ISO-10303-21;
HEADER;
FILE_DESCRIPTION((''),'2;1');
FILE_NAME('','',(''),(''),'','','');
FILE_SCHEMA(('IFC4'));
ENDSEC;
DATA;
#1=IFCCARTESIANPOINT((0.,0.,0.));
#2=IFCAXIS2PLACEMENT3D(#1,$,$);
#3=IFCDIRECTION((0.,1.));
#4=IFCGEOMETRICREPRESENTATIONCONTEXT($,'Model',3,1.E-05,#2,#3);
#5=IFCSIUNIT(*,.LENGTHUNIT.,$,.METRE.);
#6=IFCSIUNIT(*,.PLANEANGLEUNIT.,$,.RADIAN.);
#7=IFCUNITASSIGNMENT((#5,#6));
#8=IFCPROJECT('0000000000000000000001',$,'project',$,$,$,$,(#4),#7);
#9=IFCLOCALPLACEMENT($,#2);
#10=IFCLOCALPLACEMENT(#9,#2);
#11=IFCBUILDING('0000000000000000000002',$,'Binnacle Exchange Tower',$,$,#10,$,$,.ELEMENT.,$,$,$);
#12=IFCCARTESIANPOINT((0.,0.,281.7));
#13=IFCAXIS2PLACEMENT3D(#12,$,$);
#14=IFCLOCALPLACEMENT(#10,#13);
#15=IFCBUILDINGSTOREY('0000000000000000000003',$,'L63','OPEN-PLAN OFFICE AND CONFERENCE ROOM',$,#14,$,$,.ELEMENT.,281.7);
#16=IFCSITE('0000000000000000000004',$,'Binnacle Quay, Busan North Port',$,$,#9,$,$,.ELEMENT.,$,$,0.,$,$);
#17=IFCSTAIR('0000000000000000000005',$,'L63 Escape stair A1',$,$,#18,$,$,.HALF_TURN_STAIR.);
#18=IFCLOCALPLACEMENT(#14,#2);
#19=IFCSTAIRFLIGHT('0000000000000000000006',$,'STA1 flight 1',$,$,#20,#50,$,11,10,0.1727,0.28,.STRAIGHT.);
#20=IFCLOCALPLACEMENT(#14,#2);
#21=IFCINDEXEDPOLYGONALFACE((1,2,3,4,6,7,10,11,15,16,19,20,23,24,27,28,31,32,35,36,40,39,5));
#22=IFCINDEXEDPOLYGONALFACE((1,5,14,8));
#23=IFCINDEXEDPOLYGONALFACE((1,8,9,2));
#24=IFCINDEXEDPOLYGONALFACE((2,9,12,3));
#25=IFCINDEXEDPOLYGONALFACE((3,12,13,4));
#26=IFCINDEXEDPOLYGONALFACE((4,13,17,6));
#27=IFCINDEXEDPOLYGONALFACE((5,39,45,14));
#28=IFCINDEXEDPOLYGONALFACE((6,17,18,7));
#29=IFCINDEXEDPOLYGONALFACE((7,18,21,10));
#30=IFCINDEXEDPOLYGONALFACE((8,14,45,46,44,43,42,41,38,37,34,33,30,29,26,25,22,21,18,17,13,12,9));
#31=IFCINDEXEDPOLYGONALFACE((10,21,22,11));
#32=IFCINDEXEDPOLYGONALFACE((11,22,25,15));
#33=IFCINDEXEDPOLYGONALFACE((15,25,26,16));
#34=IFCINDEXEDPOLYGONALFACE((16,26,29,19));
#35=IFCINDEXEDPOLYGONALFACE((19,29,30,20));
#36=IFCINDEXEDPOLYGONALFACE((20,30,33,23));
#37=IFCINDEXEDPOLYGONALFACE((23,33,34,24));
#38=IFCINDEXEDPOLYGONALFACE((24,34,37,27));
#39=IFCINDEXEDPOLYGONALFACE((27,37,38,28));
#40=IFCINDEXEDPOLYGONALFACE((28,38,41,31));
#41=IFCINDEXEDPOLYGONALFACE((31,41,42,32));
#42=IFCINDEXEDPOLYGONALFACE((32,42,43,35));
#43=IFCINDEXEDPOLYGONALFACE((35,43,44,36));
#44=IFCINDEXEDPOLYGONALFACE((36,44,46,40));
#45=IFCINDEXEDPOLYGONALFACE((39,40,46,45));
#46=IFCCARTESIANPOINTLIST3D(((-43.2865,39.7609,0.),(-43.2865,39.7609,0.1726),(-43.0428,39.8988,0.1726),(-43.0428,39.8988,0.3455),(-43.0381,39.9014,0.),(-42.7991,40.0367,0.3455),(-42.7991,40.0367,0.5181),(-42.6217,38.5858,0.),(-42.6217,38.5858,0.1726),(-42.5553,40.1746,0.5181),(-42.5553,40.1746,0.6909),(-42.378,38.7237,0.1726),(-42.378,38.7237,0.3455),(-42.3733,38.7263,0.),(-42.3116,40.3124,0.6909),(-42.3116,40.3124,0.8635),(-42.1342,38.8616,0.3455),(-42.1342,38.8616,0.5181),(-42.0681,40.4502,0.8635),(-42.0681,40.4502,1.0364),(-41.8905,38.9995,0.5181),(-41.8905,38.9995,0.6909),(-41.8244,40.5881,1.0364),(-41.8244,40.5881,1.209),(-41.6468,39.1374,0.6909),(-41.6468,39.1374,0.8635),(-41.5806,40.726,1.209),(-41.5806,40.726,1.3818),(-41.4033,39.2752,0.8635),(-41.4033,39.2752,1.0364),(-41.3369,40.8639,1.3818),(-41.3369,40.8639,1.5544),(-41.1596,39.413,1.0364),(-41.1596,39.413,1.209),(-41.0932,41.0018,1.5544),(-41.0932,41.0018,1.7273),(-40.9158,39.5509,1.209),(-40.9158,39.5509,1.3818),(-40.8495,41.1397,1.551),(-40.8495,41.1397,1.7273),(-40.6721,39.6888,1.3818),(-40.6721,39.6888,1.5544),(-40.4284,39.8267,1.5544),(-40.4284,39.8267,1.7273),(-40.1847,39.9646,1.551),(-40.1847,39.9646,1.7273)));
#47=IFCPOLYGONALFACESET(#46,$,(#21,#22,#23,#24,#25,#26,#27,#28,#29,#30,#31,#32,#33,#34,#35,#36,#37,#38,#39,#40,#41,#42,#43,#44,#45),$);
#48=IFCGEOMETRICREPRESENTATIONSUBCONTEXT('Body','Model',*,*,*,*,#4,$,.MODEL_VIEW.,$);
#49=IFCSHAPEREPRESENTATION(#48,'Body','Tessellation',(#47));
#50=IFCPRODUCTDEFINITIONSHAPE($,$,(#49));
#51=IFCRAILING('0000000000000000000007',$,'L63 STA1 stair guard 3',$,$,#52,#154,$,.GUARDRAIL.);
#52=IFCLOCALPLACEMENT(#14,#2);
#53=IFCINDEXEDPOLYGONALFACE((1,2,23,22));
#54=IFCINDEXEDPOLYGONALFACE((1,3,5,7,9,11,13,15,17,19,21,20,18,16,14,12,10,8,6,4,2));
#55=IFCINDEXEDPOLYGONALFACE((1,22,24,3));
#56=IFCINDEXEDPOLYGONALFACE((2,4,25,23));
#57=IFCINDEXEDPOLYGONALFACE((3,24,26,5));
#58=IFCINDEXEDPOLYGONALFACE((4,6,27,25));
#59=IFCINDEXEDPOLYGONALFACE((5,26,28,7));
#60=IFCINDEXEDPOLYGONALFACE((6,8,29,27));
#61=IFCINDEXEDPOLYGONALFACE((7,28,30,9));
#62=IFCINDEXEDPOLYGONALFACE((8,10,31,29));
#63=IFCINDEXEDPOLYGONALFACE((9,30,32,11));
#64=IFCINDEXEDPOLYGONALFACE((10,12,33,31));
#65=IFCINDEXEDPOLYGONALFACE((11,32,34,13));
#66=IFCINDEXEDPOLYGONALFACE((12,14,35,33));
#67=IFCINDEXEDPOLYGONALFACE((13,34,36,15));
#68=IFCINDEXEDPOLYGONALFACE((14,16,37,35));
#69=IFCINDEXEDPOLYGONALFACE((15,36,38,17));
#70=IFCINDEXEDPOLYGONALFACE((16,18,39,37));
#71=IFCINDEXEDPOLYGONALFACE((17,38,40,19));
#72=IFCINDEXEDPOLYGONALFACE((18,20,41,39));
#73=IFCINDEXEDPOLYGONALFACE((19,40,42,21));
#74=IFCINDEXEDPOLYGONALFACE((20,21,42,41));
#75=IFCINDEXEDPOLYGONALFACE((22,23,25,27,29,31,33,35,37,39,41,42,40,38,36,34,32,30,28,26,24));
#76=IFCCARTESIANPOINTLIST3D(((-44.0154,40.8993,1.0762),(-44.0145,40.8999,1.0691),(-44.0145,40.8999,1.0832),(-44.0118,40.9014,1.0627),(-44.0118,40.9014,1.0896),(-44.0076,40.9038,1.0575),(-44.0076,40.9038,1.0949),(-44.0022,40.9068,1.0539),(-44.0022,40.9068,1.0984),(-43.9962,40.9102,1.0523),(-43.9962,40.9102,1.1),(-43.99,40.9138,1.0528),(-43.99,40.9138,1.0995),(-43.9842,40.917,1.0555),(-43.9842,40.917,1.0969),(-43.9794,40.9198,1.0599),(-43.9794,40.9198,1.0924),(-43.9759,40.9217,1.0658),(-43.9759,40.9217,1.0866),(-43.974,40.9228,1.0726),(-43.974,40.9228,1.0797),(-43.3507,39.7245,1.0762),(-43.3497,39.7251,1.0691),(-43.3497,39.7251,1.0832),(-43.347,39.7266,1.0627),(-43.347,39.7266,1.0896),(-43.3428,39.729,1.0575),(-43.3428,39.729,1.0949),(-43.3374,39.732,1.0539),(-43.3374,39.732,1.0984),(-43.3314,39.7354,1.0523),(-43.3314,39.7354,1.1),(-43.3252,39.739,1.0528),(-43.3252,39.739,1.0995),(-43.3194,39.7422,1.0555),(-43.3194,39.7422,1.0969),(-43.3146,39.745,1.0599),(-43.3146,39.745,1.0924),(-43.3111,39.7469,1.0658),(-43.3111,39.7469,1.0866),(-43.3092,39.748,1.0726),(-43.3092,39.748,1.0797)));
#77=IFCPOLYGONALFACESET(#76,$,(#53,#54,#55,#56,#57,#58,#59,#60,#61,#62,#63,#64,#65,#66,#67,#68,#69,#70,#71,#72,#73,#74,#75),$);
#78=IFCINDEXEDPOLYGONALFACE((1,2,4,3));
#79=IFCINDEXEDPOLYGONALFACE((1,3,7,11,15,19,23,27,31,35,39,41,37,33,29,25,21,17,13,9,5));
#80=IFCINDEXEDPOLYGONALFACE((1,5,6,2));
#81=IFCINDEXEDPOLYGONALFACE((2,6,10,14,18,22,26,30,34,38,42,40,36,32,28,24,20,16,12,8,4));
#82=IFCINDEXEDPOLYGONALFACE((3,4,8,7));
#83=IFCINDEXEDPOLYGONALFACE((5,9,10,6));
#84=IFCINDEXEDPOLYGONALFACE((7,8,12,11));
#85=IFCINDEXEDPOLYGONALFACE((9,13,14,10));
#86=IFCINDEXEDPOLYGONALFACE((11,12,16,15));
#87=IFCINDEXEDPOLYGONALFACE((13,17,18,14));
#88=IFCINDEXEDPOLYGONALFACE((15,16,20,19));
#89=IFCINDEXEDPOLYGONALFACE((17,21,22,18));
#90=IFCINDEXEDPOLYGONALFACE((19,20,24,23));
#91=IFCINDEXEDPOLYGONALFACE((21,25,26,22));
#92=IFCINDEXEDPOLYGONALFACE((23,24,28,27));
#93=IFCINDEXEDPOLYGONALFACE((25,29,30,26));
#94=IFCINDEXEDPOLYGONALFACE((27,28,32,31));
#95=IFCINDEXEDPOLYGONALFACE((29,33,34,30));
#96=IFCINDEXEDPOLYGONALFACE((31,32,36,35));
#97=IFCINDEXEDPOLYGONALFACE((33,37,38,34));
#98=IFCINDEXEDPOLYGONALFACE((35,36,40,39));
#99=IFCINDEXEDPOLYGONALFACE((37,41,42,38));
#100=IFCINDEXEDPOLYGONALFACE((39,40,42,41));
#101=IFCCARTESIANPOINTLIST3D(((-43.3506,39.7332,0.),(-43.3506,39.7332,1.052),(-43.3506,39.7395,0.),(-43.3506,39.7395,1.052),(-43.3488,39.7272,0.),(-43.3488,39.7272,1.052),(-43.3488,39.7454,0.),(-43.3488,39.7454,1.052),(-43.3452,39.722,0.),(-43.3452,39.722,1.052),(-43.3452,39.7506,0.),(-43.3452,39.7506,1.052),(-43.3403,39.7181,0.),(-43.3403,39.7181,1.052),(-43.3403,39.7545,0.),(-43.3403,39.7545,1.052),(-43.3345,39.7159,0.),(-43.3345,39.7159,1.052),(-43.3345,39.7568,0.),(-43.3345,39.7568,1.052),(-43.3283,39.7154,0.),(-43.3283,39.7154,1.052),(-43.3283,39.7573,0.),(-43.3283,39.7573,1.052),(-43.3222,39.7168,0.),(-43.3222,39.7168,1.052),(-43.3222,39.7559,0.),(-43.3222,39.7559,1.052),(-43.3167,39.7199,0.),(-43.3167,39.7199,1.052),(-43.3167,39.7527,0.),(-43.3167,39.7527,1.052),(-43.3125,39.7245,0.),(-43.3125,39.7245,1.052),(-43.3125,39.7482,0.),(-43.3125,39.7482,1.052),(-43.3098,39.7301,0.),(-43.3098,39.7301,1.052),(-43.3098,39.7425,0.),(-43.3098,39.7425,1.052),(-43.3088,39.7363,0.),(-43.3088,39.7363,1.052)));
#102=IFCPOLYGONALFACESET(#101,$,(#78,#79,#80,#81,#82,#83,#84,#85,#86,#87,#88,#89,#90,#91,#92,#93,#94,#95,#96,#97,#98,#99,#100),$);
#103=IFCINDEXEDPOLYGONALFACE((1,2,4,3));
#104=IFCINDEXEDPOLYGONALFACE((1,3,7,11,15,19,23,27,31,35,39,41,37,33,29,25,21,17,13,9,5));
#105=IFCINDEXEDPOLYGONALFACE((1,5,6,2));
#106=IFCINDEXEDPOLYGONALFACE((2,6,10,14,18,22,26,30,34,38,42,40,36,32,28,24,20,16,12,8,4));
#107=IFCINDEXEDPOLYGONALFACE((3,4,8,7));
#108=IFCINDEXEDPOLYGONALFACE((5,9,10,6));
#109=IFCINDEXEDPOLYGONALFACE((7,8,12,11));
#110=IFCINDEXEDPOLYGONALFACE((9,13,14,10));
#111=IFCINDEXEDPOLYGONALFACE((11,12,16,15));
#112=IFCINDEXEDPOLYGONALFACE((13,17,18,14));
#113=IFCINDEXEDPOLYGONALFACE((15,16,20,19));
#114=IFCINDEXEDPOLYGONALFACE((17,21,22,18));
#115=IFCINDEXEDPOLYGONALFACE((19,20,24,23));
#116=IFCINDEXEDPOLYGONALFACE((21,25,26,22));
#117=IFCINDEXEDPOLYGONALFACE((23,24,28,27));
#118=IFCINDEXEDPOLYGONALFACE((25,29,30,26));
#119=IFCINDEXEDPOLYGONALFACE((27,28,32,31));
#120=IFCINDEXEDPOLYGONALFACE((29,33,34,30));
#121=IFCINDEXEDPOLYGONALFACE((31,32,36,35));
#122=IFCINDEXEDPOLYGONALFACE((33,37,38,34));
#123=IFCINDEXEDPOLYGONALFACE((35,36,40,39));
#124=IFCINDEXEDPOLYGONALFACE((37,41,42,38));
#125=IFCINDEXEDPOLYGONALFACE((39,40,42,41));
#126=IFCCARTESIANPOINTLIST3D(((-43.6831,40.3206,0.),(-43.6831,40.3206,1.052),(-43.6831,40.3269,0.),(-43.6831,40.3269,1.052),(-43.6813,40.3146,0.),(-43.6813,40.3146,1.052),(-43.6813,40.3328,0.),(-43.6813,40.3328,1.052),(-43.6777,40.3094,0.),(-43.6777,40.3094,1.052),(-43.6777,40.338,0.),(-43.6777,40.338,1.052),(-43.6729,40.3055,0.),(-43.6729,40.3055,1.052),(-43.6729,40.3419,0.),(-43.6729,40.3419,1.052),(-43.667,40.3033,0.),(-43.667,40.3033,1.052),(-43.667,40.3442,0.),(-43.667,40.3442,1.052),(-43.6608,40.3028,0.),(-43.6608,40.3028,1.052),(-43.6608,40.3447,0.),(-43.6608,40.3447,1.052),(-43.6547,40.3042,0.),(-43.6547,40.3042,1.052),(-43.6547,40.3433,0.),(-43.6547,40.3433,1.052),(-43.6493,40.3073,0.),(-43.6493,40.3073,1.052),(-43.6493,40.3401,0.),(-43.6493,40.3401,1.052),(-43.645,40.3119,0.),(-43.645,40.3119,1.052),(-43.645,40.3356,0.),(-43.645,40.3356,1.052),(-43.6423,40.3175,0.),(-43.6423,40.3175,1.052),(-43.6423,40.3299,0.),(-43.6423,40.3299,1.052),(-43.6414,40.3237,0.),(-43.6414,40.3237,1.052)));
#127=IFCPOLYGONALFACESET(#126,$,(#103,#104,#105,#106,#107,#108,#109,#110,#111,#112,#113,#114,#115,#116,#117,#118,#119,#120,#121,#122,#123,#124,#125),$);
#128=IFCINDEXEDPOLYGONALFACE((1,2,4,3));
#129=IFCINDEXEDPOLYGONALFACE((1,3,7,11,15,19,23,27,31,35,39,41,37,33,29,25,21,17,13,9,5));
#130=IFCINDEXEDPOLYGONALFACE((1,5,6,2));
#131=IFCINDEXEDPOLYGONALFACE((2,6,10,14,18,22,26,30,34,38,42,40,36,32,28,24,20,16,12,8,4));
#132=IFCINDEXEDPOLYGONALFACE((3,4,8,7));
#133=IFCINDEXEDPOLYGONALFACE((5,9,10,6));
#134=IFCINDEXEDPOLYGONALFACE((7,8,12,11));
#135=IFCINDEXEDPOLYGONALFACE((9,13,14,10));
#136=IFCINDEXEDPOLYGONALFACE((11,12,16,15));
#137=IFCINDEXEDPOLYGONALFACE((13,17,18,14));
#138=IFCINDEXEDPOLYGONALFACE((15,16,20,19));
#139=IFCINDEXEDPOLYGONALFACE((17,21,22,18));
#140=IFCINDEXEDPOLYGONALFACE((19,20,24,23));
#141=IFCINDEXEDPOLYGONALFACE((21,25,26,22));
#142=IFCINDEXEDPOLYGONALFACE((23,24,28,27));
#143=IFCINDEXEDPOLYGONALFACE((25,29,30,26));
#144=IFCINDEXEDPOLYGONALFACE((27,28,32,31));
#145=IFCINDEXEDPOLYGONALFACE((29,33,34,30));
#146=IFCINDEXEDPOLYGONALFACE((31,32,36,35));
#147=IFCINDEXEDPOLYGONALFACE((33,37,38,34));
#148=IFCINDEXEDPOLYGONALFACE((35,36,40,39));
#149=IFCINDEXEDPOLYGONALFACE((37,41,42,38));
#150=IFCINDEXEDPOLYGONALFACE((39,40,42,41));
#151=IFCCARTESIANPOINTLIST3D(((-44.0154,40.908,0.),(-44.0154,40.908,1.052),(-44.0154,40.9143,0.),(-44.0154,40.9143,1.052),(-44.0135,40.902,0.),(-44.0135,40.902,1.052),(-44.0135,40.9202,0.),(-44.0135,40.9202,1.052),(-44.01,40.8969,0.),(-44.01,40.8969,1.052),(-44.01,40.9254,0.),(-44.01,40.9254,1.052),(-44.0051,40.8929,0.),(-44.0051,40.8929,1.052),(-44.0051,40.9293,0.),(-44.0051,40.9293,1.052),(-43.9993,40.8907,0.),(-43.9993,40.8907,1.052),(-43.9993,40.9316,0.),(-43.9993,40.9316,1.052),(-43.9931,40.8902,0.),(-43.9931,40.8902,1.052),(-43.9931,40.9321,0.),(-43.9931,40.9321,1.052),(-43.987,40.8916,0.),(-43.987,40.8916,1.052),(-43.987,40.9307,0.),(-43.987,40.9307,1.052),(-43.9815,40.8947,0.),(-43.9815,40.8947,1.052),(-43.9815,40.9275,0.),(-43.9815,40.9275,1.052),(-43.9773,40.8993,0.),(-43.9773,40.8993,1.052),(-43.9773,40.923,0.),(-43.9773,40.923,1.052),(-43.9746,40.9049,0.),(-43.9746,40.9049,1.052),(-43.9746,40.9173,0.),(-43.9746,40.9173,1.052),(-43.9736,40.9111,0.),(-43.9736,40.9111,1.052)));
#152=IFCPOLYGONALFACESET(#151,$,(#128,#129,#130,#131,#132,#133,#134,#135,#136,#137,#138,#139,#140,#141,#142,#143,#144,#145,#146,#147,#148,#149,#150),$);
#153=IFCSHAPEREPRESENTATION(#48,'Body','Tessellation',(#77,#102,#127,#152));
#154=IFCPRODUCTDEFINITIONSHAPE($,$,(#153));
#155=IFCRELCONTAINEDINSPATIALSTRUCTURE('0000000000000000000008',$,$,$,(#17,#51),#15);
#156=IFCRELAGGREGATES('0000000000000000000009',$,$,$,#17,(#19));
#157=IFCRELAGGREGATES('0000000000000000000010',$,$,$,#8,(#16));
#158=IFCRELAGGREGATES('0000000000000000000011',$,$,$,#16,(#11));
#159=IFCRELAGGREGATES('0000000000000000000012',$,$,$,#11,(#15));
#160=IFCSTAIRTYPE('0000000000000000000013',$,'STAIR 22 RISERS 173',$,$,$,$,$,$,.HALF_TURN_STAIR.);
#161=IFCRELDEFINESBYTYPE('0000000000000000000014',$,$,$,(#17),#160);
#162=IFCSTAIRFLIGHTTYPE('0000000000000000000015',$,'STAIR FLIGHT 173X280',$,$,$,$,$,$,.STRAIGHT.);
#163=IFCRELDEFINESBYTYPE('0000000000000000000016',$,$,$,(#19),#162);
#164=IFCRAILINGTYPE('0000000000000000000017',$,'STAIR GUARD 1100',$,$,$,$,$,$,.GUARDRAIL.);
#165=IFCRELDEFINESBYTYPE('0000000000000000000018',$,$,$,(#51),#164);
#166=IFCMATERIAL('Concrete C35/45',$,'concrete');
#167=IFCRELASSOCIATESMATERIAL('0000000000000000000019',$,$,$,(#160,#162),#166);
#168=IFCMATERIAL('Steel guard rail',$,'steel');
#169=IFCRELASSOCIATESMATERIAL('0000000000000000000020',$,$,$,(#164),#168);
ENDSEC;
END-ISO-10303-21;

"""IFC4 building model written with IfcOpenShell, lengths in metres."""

from ifc_helpers import new_model, si_unit, direction, frame, origin, origin_2d, place, context, subcontext, project, spatial, polyline, circle, outline, extrude, material, type_object, element, aggregate, save


model = new_model("IFC4")

# Units and contexts
model_context = context("Model", 3, precision=1e-05, world=origin(), true_north=direction((0.0, 1.0)))
body_context = subcontext(model_context, "Body", "Model", "MODEL_VIEW")
ifc_project = project(units=[si_unit("LENGTHUNIT", "METRE"), si_unit("PLANEANGLEUNIT", "RADIAN")], contexts=[model_context])

# Site, building, storey
site_placement = place(None, origin())
site = spatial("IfcSite", under=ifc_project, at=site_placement, Name="Binnacle Quay, Busan North Port", CompositionType="ELEMENT", RefElevation=0.0)
building_placement = place(site_placement, origin())
building = spatial("IfcBuilding", under=site, at=building_placement, Name="Binnacle Exchange Tower", CompositionType="ELEMENT")
storey_placement = place(building_placement, frame((0.0, 0.0, 281.7)))
storey = spatial("IfcBuildingStorey", under=building, at=storey_placement, Name="L63", Description="OPEN-PLAN OFFICE AND CONFERENCE ROOM", CompositionType="ELEMENT", Elevation=281.7)

# Stair, stair flight
ifc_material_1 = material(Name="Concrete C35/45", Category="concrete")
stair_type = type_object("IfcStairType", Name="STAIR 22 RISERS 173", PredefinedType="HALF_TURN_STAIR", material=ifc_material_1)
stair_placement = place(storey_placement, origin())
stair = element("IfcStair", 1, at=stair_placement, inside=storey, type_object=stair_type, Name="L63 Escape stair A1", PredefinedType="HALF_TURN_STAIR")
stair_flight_type = type_object("IfcStairFlightType", Name="STAIR FLIGHT 173X280", PredefinedType="STRAIGHT", material=ifc_material_1)
stair_flight_placement = place(storey_placement, frame((-42.9541, 39.1733, 0.0), z_axis=(0.0, 0.0, 1.0), x_axis=(0.870356, 0.492424, 0.0)))
stair_flight = element("IfcStairFlight", 2, at=stair_flight_placement, type_object=stair_flight_type, Name="STA1 flight 1", NumberOfRisers=11, NumberOfTreads=10, PredefinedType="STRAIGHT", RiserHeight=0.1727, TreadLength=0.28, context=body_context, shape_type="SweptSolid", body=[
    extrude(outline(polyline([(0.0, 0.0), (0.0, 0.1726), (0.28, 0.1726), (0.28, 0.3455), (0.5601, 0.3455), (0.5601, 0.5181), (0.8401, 0.5181), (0.8401, 0.6909), (1.1201, 0.6909), (1.1201, 0.8635), (1.3999, 0.8635), (1.3999, 1.0364), (1.6799, 1.0364), (1.6799, 1.209), (1.96, 1.209), (1.96, 1.3818), (2.24, 1.3818), (2.24, 1.5544), (2.52, 1.5544), (2.52, 1.7273), (2.8, 1.7273), (2.8, 1.8999), (2.8, 1.551), (0.2854, 0.0), (0.0, 0.0)])), frame((0.0, 0.675, 0.0), z_axis=(0.0, -1.0, 0.0), x_axis=(1.0, 0.0, 0.0)), (0.0, 0.0, 1.0), 1.3501),
])
aggregate(stair, [stair_flight])

# Railing
ifc_material_2 = material(Name="Steel guard rail", Category="steel")
railing_type_1 = type_object("IfcRailingType", Name="STAIR GUARD 1100", PredefinedType="GUARDRAIL", material=ifc_material_2)
railing_1_placement = place(storey_placement, frame((-43.3298, 39.7363, 0.0)))
element("IfcRailing", 3, at=railing_1_placement, inside=storey, type_object=railing_type_1, Name="L63 STA1 stair guard 3", PredefinedType="GUARDRAIL", context=body_context, shape_type="SweptSolid", body=[
    extrude(circle(Radius=0.0239, at=origin_2d()), frame((0.0, 0.0, 1.0762), z_axis=(-0.492492, 0.870317, 0.0), x_axis=(-0.870317, -0.492492, 0.0)), (0.0, 0.0, 1.0), 1.3499),
    extrude(circle(Radius=0.021, at=origin_2d()), origin(), (0.0, 0.0, 1.0), 1.052),
    extrude(circle(Radius=0.021, at=origin_2d()), frame((-0.3325, 0.5874, 0.0)), (0.0, 0.0, 1.0), 1.052),
    extrude(circle(Radius=0.021, at=origin_2d()), frame((-0.6648, 1.1748, 0.0)), (0.0, 0.0, 1.0), 1.052),
])

save(model, "model.ifc")
